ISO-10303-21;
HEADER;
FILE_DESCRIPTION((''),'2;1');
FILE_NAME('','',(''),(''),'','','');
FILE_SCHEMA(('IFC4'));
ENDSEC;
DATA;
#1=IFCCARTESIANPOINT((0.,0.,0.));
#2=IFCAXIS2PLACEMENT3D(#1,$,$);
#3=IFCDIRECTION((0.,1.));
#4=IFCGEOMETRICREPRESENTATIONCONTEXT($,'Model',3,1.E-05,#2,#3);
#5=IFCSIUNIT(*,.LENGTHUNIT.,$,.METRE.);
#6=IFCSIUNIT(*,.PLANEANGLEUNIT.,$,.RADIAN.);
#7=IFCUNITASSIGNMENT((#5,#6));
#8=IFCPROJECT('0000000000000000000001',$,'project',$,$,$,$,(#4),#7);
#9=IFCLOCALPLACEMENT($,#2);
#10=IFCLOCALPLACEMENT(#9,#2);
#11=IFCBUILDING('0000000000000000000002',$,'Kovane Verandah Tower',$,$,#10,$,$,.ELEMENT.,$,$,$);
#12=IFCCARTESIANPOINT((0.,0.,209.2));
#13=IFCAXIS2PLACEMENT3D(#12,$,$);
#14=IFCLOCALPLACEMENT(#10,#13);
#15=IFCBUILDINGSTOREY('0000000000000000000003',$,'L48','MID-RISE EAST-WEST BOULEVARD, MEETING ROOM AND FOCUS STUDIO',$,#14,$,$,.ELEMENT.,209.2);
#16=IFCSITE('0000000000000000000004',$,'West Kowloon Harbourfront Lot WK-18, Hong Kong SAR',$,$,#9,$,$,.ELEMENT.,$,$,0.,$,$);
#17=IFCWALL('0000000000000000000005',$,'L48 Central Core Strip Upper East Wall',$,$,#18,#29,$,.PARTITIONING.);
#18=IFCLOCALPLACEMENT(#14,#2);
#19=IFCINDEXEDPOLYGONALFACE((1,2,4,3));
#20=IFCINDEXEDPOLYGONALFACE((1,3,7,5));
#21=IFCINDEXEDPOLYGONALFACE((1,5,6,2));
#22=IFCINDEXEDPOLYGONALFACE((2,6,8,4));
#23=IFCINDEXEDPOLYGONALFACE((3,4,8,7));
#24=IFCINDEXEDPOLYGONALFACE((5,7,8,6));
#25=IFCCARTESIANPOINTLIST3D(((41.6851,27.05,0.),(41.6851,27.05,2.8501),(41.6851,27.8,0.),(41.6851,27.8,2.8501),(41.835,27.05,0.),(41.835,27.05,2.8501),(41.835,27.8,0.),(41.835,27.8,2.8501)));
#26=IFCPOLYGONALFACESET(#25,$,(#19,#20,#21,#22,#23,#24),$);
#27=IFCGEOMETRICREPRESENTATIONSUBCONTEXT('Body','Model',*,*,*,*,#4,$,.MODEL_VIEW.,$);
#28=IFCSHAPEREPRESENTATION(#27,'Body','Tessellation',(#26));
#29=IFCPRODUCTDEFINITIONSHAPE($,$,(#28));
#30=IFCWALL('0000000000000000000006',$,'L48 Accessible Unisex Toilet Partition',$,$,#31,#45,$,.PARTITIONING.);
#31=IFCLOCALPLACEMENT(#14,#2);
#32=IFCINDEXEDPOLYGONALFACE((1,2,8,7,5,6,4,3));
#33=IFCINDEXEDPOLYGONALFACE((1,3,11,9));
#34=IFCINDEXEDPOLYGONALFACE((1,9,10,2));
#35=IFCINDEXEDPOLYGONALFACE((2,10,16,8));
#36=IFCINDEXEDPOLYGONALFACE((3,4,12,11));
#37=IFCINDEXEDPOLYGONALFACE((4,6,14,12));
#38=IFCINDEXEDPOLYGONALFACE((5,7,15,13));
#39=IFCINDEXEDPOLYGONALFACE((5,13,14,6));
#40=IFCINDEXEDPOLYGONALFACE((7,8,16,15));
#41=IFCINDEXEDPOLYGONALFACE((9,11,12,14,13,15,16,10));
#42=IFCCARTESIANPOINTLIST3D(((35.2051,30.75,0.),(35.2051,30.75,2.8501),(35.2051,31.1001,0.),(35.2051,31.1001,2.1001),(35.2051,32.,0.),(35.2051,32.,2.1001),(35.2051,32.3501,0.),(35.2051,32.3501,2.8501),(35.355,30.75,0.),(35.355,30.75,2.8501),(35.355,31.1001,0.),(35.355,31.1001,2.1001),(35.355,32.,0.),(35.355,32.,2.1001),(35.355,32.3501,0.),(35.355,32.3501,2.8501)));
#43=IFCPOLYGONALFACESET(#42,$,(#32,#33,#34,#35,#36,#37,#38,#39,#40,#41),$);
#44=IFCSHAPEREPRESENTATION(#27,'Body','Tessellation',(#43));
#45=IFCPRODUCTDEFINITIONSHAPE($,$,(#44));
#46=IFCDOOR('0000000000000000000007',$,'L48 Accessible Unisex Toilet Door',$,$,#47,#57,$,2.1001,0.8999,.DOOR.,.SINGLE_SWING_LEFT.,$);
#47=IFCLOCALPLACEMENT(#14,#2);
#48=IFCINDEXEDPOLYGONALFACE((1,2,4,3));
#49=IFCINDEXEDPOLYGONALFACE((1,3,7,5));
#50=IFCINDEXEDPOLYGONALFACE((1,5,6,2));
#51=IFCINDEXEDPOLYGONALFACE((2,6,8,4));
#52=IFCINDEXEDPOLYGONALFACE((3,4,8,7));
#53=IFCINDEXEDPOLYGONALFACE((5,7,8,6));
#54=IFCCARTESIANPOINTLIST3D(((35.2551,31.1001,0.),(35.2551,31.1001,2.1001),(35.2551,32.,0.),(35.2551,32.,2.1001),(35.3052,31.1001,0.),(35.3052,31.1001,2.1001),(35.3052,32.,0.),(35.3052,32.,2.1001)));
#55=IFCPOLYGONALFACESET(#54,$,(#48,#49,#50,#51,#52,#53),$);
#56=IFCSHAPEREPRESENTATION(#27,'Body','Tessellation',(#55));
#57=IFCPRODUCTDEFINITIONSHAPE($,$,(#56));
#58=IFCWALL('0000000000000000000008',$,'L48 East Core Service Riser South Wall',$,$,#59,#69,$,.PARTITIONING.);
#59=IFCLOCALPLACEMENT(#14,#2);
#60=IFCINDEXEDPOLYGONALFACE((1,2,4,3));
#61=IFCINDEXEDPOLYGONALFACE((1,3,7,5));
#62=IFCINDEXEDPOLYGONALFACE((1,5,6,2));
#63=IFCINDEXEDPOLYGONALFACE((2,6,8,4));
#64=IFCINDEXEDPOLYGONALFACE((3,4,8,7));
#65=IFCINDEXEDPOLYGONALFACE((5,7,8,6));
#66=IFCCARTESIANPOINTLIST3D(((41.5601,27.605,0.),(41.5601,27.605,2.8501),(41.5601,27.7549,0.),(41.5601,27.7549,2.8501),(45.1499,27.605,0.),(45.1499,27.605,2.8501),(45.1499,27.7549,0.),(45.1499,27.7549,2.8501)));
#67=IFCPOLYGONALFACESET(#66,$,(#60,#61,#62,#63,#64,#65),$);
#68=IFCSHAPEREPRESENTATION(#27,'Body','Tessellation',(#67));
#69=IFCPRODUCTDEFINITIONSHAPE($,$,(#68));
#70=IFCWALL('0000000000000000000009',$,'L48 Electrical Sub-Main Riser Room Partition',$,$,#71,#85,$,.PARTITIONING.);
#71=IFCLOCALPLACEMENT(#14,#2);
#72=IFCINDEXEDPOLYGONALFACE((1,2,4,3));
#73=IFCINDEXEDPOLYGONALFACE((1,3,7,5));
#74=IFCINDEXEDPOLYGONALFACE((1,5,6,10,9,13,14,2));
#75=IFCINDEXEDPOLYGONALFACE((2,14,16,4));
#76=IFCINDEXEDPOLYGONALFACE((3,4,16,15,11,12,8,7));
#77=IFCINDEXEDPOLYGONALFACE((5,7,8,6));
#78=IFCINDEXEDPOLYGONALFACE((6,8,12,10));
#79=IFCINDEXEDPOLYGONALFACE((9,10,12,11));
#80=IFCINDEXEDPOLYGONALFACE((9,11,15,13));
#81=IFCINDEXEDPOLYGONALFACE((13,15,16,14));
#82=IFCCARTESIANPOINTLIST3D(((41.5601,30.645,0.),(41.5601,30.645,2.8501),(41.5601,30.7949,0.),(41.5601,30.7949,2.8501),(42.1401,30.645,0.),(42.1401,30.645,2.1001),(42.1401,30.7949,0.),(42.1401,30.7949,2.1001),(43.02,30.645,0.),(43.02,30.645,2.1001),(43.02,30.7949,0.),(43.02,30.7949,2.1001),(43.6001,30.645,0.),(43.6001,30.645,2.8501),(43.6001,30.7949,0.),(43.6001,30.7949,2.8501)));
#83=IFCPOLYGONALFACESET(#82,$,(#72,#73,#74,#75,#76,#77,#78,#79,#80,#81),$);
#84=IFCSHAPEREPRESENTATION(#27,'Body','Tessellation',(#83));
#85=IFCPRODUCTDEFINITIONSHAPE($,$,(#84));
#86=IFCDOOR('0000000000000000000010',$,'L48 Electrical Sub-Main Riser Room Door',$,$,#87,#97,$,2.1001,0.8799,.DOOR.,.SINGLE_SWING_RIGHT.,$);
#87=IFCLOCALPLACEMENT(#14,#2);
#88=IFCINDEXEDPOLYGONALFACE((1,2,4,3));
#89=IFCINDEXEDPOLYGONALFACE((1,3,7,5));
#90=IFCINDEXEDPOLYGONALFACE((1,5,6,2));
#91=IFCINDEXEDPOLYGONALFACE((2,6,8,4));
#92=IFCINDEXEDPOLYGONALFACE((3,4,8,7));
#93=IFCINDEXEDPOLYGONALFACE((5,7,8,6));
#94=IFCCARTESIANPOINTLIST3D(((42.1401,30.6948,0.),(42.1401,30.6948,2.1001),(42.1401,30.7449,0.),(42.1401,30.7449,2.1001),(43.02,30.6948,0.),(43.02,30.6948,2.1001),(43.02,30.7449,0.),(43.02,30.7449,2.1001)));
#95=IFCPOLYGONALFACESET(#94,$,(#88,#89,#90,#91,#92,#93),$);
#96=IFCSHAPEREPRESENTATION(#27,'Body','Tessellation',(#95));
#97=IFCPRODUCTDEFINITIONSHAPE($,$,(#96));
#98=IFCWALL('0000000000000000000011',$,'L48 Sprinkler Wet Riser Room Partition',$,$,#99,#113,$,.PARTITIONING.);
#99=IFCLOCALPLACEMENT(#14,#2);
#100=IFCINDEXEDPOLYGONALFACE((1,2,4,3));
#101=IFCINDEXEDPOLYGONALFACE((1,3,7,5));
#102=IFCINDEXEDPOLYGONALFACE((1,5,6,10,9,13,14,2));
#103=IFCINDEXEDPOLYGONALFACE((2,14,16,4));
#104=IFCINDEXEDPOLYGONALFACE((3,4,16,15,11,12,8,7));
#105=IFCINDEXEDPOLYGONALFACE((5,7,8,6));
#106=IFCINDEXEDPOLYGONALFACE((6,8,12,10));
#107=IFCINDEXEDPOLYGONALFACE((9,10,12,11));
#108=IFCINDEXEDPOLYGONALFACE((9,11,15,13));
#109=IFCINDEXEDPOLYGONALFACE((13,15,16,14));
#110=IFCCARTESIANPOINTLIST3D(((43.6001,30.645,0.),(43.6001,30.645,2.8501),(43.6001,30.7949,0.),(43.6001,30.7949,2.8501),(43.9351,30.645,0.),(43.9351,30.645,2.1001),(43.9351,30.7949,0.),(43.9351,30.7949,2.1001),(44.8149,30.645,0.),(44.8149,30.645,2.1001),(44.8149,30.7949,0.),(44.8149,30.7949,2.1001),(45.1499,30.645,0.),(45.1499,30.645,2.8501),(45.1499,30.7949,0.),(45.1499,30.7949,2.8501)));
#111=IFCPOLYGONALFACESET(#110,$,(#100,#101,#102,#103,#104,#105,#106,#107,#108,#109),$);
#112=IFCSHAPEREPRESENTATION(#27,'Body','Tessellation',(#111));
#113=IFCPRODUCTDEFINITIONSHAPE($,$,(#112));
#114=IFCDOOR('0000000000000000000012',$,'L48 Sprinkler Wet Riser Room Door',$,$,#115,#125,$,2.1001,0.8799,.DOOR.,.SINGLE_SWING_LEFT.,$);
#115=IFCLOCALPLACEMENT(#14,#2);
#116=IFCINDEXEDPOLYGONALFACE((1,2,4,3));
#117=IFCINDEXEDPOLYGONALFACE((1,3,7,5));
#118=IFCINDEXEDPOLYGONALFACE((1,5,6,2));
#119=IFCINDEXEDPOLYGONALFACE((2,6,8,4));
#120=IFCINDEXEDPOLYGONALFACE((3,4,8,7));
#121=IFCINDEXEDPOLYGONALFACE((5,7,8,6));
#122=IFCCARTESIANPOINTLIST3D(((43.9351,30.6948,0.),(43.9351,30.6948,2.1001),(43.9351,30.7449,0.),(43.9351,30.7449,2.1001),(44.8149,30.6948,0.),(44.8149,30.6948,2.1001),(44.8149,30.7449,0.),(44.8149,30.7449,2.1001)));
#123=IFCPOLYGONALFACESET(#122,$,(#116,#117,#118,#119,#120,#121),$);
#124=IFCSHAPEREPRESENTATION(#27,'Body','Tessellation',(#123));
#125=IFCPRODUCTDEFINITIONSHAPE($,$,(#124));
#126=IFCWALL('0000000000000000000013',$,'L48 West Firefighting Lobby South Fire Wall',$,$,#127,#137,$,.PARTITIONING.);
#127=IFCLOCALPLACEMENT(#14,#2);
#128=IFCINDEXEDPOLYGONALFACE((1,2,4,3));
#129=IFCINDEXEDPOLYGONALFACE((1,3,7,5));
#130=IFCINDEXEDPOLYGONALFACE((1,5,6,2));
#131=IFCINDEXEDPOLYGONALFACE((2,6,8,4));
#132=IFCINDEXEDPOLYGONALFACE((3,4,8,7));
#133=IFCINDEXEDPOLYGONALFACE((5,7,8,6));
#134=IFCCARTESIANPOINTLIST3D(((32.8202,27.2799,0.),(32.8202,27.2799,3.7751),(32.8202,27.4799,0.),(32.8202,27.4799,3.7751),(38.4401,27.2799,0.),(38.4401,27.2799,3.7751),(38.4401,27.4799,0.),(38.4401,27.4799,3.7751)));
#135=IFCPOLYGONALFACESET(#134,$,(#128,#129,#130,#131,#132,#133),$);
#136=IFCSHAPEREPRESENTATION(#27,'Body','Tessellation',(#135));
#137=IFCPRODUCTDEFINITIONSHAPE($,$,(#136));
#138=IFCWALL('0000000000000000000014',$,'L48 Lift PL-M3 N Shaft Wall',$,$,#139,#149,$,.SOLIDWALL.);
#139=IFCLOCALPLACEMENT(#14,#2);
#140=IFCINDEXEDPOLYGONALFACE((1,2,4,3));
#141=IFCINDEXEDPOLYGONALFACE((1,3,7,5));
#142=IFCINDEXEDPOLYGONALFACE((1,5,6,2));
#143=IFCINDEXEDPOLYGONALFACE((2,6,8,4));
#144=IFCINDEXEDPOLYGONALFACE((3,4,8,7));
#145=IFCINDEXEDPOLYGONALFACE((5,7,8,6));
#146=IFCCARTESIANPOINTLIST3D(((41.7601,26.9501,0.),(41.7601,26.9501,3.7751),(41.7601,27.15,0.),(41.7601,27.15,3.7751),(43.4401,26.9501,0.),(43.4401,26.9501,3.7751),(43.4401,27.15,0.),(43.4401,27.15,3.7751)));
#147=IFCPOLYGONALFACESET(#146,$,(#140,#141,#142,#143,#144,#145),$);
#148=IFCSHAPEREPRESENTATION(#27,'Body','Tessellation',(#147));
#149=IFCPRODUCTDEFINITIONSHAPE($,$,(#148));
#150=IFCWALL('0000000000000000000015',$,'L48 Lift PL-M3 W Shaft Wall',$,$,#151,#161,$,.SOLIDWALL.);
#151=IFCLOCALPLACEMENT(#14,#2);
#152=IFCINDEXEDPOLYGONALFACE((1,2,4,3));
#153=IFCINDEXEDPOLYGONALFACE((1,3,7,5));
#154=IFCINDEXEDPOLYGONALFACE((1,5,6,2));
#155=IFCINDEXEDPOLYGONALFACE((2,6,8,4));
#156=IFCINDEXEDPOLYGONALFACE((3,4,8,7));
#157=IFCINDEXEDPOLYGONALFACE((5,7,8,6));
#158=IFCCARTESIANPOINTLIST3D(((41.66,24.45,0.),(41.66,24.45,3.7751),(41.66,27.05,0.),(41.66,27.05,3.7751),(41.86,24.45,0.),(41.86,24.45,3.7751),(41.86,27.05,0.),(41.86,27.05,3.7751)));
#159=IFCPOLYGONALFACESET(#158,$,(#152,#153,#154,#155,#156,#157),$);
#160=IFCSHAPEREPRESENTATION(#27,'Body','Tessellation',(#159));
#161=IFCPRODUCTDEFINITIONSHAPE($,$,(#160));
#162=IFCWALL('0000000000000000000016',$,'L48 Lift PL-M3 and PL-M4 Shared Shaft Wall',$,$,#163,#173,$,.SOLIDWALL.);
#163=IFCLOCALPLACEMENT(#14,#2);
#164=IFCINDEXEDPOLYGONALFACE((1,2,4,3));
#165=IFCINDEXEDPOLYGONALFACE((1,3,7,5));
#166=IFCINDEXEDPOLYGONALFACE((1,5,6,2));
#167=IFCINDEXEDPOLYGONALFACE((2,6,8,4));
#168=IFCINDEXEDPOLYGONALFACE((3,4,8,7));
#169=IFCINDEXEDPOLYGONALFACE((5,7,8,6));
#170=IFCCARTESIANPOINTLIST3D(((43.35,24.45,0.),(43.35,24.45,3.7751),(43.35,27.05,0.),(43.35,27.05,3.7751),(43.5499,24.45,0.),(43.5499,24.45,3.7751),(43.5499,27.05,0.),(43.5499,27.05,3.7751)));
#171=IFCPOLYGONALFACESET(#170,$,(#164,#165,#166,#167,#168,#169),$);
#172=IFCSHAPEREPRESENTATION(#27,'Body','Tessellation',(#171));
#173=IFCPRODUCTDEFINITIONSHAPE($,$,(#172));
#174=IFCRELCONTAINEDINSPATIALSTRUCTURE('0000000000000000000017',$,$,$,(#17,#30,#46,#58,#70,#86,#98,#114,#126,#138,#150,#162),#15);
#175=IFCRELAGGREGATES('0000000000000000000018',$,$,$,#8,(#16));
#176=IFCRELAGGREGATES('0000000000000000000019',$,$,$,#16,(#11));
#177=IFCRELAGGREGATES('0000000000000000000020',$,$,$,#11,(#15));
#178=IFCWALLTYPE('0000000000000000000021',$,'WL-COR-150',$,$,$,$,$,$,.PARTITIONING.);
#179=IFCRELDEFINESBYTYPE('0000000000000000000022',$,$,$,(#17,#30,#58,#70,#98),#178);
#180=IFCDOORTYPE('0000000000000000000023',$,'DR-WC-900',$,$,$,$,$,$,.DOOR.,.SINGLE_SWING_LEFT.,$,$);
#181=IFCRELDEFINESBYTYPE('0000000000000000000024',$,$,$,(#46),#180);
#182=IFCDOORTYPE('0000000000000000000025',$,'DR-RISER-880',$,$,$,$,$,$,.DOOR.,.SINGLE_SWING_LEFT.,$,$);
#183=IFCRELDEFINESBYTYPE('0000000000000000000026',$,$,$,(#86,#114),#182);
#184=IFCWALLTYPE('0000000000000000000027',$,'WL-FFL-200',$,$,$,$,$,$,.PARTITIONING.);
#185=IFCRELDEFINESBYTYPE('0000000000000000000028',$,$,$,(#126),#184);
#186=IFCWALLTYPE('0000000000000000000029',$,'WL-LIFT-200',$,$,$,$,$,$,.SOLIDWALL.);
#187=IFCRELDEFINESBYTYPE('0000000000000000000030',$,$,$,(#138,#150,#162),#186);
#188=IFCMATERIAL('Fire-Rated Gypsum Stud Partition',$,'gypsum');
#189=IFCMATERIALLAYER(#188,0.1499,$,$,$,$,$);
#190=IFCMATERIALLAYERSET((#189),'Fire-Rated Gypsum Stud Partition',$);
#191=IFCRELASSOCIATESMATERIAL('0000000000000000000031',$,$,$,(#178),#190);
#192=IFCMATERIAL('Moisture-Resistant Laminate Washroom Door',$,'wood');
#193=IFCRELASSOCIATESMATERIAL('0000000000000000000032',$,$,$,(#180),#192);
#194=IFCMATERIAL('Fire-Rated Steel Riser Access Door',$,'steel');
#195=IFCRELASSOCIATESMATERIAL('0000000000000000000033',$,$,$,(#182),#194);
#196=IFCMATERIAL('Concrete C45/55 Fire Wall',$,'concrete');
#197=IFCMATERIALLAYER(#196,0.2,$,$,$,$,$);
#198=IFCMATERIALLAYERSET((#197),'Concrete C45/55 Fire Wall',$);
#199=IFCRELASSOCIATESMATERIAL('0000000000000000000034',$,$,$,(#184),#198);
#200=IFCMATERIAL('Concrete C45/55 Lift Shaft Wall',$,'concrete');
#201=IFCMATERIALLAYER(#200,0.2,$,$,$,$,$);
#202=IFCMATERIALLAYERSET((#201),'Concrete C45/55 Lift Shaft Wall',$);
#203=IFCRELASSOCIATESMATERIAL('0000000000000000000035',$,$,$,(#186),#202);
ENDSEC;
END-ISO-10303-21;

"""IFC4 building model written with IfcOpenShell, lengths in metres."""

from ifc_helpers import new_model, si_unit, direction, frame, frame_2d, origin, place, context, subcontext, project, spatial, rectangle, extrude, material, layer, layer_set, type_object, element, fill, save


model = new_model("IFC4")

# Units and contexts
model_context = context("Model", 3, precision=1e-05, world=origin(), true_north=direction((0.0, 1.0)))
body_context = subcontext(model_context, "Body", "Model", "MODEL_VIEW")
ifc_project = project(units=[si_unit("LENGTHUNIT", "METRE"), si_unit("PLANEANGLEUNIT", "RADIAN")], contexts=[model_context])

# Site, building, storey
site_placement = place(None, origin())
site = spatial("IfcSite", under=ifc_project, at=site_placement, Name="West Kowloon Harbourfront Lot WK-18, Hong Kong SAR", CompositionType="ELEMENT", RefElevation=0.0)
building_placement = place(site_placement, origin())
building = spatial("IfcBuilding", under=site, at=building_placement, Name="Kovane Verandah Tower", CompositionType="ELEMENT")
storey_placement = place(building_placement, frame((0.0, 0.0, 209.2)))
storey = spatial("IfcBuildingStorey", under=building, at=storey_placement, Name="L48", Description="MID-RISE EAST-WEST BOULEVARD, MEETING ROOM AND FOCUS STUDIO", CompositionType="ELEMENT", Elevation=209.2)

# Wall
ifc_material_1 = material(Name="Fire-Rated Gypsum Stud Partition", Category="gypsum")
ifc_layer_1 = layer(ifc_material_1, 0.1499)
ifc_layer_set_1 = layer_set([ifc_layer_1], Name="Fire-Rated Gypsum Stud Partition")
wall_type_1 = type_object("IfcWallType", Name="WL-COR-150", PredefinedType="PARTITIONING", material=ifc_layer_set_1)
wall_1_placement = place(storey_placement, frame((41.76, 27.05, 0.0), z_axis=(0.0, 0.0, 1.0), x_axis=(0.0, 1.0, 0.0)))
element("IfcWall", 1, at=wall_1_placement, inside=storey, type_object=wall_type_1, Name="L48 Central Core Strip Upper East Wall", PredefinedType="PARTITIONING", context=body_context, shape_type="SweptSolid", body=[
    extrude(rectangle(XDim=0.75, YDim=0.1499, at=frame_2d((0.375, 0.0))), origin(), (0.0, 0.0, 1.0), 2.8501),
])

# Wall, opening, door
wall_2_placement = place(storey_placement, frame((35.28, 30.75, 0.0), z_axis=(0.0, 0.0, 1.0), x_axis=(0.0, 1.0, 0.0)))
wall_2 = element("IfcWall", 2, at=wall_2_placement, inside=storey, type_object=wall_type_1, Name="L48 Accessible Unisex Toilet Partition", PredefinedType="PARTITIONING", context=body_context, shape_type="SweptSolid", body=[
    extrude(rectangle(XDim=1.6001, YDim=0.1499, at=frame_2d((0.8, 0.0))), origin(), (0.0, 0.0, 1.0), 2.8501),
])
opening_1_placement = place(wall_2_placement, frame((0.3501, 0.0, 0.0)))
opening_1 = element("IfcOpeningElement", 3, at=opening_1_placement, cuts=wall_2, PredefinedType="OPENING", context=body_context, shape_type="SweptSolid", body=[
    extrude(rectangle(XDim=0.8999, YDim=2.1001, at=frame_2d((0.45, 1.05))), frame((0.0, 0.075, 0.0), z_axis=(0.0, -1.0, 0.0), x_axis=(1.0, 0.0, 0.0)), (0.0, 0.0, 1.0), 0.1499),
])
ifc_material_2 = material(Name="Moisture-Resistant Laminate Washroom Door", Category="wood")
door_type_1 = type_object("IfcDoorType", Name="DR-WC-900", OperationType="SINGLE_SWING_LEFT", PredefinedType="DOOR", material=ifc_material_2)
door_1_placement = place(opening_1_placement, origin())
door_1 = element("IfcDoor", 4, at=door_1_placement, inside=storey, type_object=door_type_1, Name="L48 Accessible Unisex Toilet Door", OperationType="SINGLE_SWING_LEFT", OverallHeight=2.1001, OverallWidth=0.8999, PredefinedType="DOOR", context=body_context, shape_type="SweptSolid", body=[
    extrude(rectangle(XDim=0.8999, YDim=2.1001, at=frame_2d((0.45, 1.05))), frame((0.0, 0.0249, 0.0), z_axis=(0.0, -1.0, 0.0), x_axis=(1.0, 0.0, 0.0)), (0.0, 0.0, 1.0), 0.05),
])
fill(opening_1, door_1)

# Wall
wall_3_placement = place(storey_placement, frame((41.5601, 27.6799, 0.0), z_axis=(0.0, 0.0, 1.0), x_axis=(1.0, 0.0, 0.0)))
element("IfcWall", 5, at=wall_3_placement, inside=storey, type_object=wall_type_1, Name="L48 East Core Service Riser South Wall", PredefinedType="PARTITIONING", context=body_context, shape_type="SweptSolid", body=[
    extrude(rectangle(XDim=3.5898, YDim=0.1499, at=frame_2d((1.7949, 0.0))), origin(), (0.0, 0.0, 1.0), 2.8501),
])

# Walls, openings, doors
wall_4_placement = place(storey_placement, frame((41.5601, 30.72, 0.0), z_axis=(0.0, 0.0, 1.0), x_axis=(1.0, 0.0, 0.0)))
wall_4 = element("IfcWall", 6, at=wall_4_placement, inside=storey, type_object=wall_type_1, Name="L48 Electrical Sub-Main Riser Room Partition", PredefinedType="PARTITIONING", context=body_context, shape_type="SweptSolid", body=[
    extrude(rectangle(XDim=2.04, YDim=0.1499, at=frame_2d((1.02, 0.0))), origin(), (0.0, 0.0, 1.0), 2.8501),
])
opening_2_placement = place(wall_4_placement, frame((0.5801, 0.0, 0.0)))
opening_2 = element("IfcOpeningElement", 7, at=opening_2_placement, cuts=wall_4, PredefinedType="OPENING", context=body_context, shape_type="SweptSolid", body=[
    extrude(rectangle(XDim=0.8799, YDim=2.1001, at=frame_2d((0.4399, 1.05))), frame((0.0, 0.075, 0.0), z_axis=(0.0, -1.0, 0.0), x_axis=(1.0, 0.0, 0.0)), (0.0, 0.0, 1.0), 0.1499),
])
ifc_material_3 = material(Name="Fire-Rated Steel Riser Access Door", Category="steel")
door_type_2 = type_object("IfcDoorType", Name="DR-RISER-880", OperationType="SINGLE_SWING_LEFT", PredefinedType="DOOR", material=ifc_material_3)
door_2_placement = place(opening_2_placement, origin())
door_2 = element("IfcDoor", 8, at=door_2_placement, inside=storey, type_object=door_type_2, Name="L48 Electrical Sub-Main Riser Room Door", OperationType="SINGLE_SWING_RIGHT", OverallHeight=2.1001, OverallWidth=0.8799, PredefinedType="DOOR", context=body_context, shape_type="SweptSolid", body=[
    extrude(rectangle(XDim=0.8799, YDim=2.1001, at=frame_2d((0.4399, 1.05))), frame((0.0, 0.0249, 0.0), z_axis=(0.0, -1.0, 0.0), x_axis=(1.0, 0.0, 0.0)), (0.0, 0.0, 1.0), 0.05),
])
fill(opening_2, door_2)
wall_5_placement = place(storey_placement, frame((43.6001, 30.72, 0.0), z_axis=(0.0, 0.0, 1.0), x_axis=(1.0, 0.0, 0.0)))
wall_5 = element("IfcWall", 9, at=wall_5_placement, inside=storey, type_object=wall_type_1, Name="L48 Sprinkler Wet Riser Room Partition", PredefinedType="PARTITIONING", context=body_context, shape_type="SweptSolid", body=[
    extrude(rectangle(XDim=1.5498, YDim=0.1499, at=frame_2d((0.7749, 0.0))), origin(), (0.0, 0.0, 1.0), 2.8501),
])
opening_3_placement = place(wall_5_placement, frame((0.335, 0.0, 0.0)))
opening_3 = element("IfcOpeningElement", 10, at=opening_3_placement, cuts=wall_5, PredefinedType="OPENING", context=body_context, shape_type="SweptSolid", body=[
    extrude(rectangle(XDim=0.8799, YDim=2.1001, at=frame_2d((0.4399, 1.05))), frame((0.0, 0.075, 0.0), z_axis=(0.0, -1.0, 0.0), x_axis=(1.0, 0.0, 0.0)), (0.0, 0.0, 1.0), 0.1499),
])
door_3_placement = place(opening_3_placement, origin())
door_3 = element("IfcDoor", 11, at=door_3_placement, inside=storey, type_object=door_type_2, Name="L48 Sprinkler Wet Riser Room Door", OperationType="SINGLE_SWING_LEFT", OverallHeight=2.1001, OverallWidth=0.8799, PredefinedType="DOOR", context=body_context, shape_type="SweptSolid", body=[
    extrude(rectangle(XDim=0.8799, YDim=2.1001, at=frame_2d((0.4399, 1.05))), frame((0.0, 0.0249, 0.0), z_axis=(0.0, -1.0, 0.0), x_axis=(1.0, 0.0, 0.0)), (0.0, 0.0, 1.0), 0.05),
])
fill(opening_3, door_3)
ifc_material_4 = material(Name="Concrete C45/55 Fire Wall", Category="concrete")
ifc_layer_2 = layer(ifc_material_4, 0.2)
ifc_layer_set_2 = layer_set([ifc_layer_2], Name="Concrete C45/55 Fire Wall")
wall_type_2 = type_object("IfcWallType", Name="WL-FFL-200", PredefinedType="PARTITIONING", material=ifc_layer_set_2)

# Walls
wall_6_placement = place(storey_placement, frame((32.8201, 27.3799, 0.0), z_axis=(0.0, 0.0, 1.0), x_axis=(1.0, 0.0, 0.0)))
element("IfcWall", 12, at=wall_6_placement, inside=storey, type_object=wall_type_2, Name="L48 West Firefighting Lobby South Fire Wall", PredefinedType="PARTITIONING", context=body_context, shape_type="SweptSolid", body=[
    extrude(rectangle(XDim=5.6199, YDim=0.2, at=frame_2d((2.8101, 0.0))), origin(), (0.0, 0.0, 1.0), 3.7751),
])
ifc_material_5 = material(Name="Concrete C45/55 Lift Shaft Wall", Category="concrete")
ifc_layer_3 = layer(ifc_material_5, 0.2)
ifc_layer_set_3 = layer_set([ifc_layer_3], Name="Concrete C45/55 Lift Shaft Wall")
wall_type_3 = type_object("IfcWallType", Name="WL-LIFT-200", PredefinedType="SOLIDWALL", material=ifc_layer_set_3)
wall_7_placement = place(storey_placement, frame((43.4399, 27.05, 0.0), z_axis=(0.0, 0.0, 1.0), x_axis=(-1.0, 0.0, 0.0)))
element("IfcWall", 13, at=wall_7_placement, inside=storey, type_object=wall_type_3, Name="L48 Lift PL-M3 N Shaft Wall", PredefinedType="SOLIDWALL", context=body_context, shape_type="SweptSolid", body=[
    extrude(rectangle(XDim=1.6799, YDim=0.2, at=frame_2d((0.8398, 0.0))), origin(), (0.0, 0.0, 1.0), 3.7751),
])
for number, where, z_axis, x_axis, name in (
    (14, (41.76, 27.05, 0.0), (0.0, 0.0, 1.0), (0.0, -1.0, 0.0), "L48 Lift PL-M3 W Shaft Wall"),
    (15, (43.45, 24.45, 0.0), (0.0, 0.0, 1.0), (0.0, 1.0, 0.0), "L48 Lift PL-M3 and PL-M4 Shared Shaft Wall"),
):
    element("IfcWall", number, at=place(storey_placement, frame(where, z_axis=z_axis, x_axis=x_axis)), inside=storey, type_object=wall_type_3, Name=name, PredefinedType="SOLIDWALL", context=body_context, shape_type="SweptSolid", body=[
        extrude(rectangle(XDim=2.6001, YDim=0.2, at=frame_2d((1.3, 0.0))), origin(), (0.0, 0.0, 1.0), 3.7751),
    ])

save(model, "model.ifc")
